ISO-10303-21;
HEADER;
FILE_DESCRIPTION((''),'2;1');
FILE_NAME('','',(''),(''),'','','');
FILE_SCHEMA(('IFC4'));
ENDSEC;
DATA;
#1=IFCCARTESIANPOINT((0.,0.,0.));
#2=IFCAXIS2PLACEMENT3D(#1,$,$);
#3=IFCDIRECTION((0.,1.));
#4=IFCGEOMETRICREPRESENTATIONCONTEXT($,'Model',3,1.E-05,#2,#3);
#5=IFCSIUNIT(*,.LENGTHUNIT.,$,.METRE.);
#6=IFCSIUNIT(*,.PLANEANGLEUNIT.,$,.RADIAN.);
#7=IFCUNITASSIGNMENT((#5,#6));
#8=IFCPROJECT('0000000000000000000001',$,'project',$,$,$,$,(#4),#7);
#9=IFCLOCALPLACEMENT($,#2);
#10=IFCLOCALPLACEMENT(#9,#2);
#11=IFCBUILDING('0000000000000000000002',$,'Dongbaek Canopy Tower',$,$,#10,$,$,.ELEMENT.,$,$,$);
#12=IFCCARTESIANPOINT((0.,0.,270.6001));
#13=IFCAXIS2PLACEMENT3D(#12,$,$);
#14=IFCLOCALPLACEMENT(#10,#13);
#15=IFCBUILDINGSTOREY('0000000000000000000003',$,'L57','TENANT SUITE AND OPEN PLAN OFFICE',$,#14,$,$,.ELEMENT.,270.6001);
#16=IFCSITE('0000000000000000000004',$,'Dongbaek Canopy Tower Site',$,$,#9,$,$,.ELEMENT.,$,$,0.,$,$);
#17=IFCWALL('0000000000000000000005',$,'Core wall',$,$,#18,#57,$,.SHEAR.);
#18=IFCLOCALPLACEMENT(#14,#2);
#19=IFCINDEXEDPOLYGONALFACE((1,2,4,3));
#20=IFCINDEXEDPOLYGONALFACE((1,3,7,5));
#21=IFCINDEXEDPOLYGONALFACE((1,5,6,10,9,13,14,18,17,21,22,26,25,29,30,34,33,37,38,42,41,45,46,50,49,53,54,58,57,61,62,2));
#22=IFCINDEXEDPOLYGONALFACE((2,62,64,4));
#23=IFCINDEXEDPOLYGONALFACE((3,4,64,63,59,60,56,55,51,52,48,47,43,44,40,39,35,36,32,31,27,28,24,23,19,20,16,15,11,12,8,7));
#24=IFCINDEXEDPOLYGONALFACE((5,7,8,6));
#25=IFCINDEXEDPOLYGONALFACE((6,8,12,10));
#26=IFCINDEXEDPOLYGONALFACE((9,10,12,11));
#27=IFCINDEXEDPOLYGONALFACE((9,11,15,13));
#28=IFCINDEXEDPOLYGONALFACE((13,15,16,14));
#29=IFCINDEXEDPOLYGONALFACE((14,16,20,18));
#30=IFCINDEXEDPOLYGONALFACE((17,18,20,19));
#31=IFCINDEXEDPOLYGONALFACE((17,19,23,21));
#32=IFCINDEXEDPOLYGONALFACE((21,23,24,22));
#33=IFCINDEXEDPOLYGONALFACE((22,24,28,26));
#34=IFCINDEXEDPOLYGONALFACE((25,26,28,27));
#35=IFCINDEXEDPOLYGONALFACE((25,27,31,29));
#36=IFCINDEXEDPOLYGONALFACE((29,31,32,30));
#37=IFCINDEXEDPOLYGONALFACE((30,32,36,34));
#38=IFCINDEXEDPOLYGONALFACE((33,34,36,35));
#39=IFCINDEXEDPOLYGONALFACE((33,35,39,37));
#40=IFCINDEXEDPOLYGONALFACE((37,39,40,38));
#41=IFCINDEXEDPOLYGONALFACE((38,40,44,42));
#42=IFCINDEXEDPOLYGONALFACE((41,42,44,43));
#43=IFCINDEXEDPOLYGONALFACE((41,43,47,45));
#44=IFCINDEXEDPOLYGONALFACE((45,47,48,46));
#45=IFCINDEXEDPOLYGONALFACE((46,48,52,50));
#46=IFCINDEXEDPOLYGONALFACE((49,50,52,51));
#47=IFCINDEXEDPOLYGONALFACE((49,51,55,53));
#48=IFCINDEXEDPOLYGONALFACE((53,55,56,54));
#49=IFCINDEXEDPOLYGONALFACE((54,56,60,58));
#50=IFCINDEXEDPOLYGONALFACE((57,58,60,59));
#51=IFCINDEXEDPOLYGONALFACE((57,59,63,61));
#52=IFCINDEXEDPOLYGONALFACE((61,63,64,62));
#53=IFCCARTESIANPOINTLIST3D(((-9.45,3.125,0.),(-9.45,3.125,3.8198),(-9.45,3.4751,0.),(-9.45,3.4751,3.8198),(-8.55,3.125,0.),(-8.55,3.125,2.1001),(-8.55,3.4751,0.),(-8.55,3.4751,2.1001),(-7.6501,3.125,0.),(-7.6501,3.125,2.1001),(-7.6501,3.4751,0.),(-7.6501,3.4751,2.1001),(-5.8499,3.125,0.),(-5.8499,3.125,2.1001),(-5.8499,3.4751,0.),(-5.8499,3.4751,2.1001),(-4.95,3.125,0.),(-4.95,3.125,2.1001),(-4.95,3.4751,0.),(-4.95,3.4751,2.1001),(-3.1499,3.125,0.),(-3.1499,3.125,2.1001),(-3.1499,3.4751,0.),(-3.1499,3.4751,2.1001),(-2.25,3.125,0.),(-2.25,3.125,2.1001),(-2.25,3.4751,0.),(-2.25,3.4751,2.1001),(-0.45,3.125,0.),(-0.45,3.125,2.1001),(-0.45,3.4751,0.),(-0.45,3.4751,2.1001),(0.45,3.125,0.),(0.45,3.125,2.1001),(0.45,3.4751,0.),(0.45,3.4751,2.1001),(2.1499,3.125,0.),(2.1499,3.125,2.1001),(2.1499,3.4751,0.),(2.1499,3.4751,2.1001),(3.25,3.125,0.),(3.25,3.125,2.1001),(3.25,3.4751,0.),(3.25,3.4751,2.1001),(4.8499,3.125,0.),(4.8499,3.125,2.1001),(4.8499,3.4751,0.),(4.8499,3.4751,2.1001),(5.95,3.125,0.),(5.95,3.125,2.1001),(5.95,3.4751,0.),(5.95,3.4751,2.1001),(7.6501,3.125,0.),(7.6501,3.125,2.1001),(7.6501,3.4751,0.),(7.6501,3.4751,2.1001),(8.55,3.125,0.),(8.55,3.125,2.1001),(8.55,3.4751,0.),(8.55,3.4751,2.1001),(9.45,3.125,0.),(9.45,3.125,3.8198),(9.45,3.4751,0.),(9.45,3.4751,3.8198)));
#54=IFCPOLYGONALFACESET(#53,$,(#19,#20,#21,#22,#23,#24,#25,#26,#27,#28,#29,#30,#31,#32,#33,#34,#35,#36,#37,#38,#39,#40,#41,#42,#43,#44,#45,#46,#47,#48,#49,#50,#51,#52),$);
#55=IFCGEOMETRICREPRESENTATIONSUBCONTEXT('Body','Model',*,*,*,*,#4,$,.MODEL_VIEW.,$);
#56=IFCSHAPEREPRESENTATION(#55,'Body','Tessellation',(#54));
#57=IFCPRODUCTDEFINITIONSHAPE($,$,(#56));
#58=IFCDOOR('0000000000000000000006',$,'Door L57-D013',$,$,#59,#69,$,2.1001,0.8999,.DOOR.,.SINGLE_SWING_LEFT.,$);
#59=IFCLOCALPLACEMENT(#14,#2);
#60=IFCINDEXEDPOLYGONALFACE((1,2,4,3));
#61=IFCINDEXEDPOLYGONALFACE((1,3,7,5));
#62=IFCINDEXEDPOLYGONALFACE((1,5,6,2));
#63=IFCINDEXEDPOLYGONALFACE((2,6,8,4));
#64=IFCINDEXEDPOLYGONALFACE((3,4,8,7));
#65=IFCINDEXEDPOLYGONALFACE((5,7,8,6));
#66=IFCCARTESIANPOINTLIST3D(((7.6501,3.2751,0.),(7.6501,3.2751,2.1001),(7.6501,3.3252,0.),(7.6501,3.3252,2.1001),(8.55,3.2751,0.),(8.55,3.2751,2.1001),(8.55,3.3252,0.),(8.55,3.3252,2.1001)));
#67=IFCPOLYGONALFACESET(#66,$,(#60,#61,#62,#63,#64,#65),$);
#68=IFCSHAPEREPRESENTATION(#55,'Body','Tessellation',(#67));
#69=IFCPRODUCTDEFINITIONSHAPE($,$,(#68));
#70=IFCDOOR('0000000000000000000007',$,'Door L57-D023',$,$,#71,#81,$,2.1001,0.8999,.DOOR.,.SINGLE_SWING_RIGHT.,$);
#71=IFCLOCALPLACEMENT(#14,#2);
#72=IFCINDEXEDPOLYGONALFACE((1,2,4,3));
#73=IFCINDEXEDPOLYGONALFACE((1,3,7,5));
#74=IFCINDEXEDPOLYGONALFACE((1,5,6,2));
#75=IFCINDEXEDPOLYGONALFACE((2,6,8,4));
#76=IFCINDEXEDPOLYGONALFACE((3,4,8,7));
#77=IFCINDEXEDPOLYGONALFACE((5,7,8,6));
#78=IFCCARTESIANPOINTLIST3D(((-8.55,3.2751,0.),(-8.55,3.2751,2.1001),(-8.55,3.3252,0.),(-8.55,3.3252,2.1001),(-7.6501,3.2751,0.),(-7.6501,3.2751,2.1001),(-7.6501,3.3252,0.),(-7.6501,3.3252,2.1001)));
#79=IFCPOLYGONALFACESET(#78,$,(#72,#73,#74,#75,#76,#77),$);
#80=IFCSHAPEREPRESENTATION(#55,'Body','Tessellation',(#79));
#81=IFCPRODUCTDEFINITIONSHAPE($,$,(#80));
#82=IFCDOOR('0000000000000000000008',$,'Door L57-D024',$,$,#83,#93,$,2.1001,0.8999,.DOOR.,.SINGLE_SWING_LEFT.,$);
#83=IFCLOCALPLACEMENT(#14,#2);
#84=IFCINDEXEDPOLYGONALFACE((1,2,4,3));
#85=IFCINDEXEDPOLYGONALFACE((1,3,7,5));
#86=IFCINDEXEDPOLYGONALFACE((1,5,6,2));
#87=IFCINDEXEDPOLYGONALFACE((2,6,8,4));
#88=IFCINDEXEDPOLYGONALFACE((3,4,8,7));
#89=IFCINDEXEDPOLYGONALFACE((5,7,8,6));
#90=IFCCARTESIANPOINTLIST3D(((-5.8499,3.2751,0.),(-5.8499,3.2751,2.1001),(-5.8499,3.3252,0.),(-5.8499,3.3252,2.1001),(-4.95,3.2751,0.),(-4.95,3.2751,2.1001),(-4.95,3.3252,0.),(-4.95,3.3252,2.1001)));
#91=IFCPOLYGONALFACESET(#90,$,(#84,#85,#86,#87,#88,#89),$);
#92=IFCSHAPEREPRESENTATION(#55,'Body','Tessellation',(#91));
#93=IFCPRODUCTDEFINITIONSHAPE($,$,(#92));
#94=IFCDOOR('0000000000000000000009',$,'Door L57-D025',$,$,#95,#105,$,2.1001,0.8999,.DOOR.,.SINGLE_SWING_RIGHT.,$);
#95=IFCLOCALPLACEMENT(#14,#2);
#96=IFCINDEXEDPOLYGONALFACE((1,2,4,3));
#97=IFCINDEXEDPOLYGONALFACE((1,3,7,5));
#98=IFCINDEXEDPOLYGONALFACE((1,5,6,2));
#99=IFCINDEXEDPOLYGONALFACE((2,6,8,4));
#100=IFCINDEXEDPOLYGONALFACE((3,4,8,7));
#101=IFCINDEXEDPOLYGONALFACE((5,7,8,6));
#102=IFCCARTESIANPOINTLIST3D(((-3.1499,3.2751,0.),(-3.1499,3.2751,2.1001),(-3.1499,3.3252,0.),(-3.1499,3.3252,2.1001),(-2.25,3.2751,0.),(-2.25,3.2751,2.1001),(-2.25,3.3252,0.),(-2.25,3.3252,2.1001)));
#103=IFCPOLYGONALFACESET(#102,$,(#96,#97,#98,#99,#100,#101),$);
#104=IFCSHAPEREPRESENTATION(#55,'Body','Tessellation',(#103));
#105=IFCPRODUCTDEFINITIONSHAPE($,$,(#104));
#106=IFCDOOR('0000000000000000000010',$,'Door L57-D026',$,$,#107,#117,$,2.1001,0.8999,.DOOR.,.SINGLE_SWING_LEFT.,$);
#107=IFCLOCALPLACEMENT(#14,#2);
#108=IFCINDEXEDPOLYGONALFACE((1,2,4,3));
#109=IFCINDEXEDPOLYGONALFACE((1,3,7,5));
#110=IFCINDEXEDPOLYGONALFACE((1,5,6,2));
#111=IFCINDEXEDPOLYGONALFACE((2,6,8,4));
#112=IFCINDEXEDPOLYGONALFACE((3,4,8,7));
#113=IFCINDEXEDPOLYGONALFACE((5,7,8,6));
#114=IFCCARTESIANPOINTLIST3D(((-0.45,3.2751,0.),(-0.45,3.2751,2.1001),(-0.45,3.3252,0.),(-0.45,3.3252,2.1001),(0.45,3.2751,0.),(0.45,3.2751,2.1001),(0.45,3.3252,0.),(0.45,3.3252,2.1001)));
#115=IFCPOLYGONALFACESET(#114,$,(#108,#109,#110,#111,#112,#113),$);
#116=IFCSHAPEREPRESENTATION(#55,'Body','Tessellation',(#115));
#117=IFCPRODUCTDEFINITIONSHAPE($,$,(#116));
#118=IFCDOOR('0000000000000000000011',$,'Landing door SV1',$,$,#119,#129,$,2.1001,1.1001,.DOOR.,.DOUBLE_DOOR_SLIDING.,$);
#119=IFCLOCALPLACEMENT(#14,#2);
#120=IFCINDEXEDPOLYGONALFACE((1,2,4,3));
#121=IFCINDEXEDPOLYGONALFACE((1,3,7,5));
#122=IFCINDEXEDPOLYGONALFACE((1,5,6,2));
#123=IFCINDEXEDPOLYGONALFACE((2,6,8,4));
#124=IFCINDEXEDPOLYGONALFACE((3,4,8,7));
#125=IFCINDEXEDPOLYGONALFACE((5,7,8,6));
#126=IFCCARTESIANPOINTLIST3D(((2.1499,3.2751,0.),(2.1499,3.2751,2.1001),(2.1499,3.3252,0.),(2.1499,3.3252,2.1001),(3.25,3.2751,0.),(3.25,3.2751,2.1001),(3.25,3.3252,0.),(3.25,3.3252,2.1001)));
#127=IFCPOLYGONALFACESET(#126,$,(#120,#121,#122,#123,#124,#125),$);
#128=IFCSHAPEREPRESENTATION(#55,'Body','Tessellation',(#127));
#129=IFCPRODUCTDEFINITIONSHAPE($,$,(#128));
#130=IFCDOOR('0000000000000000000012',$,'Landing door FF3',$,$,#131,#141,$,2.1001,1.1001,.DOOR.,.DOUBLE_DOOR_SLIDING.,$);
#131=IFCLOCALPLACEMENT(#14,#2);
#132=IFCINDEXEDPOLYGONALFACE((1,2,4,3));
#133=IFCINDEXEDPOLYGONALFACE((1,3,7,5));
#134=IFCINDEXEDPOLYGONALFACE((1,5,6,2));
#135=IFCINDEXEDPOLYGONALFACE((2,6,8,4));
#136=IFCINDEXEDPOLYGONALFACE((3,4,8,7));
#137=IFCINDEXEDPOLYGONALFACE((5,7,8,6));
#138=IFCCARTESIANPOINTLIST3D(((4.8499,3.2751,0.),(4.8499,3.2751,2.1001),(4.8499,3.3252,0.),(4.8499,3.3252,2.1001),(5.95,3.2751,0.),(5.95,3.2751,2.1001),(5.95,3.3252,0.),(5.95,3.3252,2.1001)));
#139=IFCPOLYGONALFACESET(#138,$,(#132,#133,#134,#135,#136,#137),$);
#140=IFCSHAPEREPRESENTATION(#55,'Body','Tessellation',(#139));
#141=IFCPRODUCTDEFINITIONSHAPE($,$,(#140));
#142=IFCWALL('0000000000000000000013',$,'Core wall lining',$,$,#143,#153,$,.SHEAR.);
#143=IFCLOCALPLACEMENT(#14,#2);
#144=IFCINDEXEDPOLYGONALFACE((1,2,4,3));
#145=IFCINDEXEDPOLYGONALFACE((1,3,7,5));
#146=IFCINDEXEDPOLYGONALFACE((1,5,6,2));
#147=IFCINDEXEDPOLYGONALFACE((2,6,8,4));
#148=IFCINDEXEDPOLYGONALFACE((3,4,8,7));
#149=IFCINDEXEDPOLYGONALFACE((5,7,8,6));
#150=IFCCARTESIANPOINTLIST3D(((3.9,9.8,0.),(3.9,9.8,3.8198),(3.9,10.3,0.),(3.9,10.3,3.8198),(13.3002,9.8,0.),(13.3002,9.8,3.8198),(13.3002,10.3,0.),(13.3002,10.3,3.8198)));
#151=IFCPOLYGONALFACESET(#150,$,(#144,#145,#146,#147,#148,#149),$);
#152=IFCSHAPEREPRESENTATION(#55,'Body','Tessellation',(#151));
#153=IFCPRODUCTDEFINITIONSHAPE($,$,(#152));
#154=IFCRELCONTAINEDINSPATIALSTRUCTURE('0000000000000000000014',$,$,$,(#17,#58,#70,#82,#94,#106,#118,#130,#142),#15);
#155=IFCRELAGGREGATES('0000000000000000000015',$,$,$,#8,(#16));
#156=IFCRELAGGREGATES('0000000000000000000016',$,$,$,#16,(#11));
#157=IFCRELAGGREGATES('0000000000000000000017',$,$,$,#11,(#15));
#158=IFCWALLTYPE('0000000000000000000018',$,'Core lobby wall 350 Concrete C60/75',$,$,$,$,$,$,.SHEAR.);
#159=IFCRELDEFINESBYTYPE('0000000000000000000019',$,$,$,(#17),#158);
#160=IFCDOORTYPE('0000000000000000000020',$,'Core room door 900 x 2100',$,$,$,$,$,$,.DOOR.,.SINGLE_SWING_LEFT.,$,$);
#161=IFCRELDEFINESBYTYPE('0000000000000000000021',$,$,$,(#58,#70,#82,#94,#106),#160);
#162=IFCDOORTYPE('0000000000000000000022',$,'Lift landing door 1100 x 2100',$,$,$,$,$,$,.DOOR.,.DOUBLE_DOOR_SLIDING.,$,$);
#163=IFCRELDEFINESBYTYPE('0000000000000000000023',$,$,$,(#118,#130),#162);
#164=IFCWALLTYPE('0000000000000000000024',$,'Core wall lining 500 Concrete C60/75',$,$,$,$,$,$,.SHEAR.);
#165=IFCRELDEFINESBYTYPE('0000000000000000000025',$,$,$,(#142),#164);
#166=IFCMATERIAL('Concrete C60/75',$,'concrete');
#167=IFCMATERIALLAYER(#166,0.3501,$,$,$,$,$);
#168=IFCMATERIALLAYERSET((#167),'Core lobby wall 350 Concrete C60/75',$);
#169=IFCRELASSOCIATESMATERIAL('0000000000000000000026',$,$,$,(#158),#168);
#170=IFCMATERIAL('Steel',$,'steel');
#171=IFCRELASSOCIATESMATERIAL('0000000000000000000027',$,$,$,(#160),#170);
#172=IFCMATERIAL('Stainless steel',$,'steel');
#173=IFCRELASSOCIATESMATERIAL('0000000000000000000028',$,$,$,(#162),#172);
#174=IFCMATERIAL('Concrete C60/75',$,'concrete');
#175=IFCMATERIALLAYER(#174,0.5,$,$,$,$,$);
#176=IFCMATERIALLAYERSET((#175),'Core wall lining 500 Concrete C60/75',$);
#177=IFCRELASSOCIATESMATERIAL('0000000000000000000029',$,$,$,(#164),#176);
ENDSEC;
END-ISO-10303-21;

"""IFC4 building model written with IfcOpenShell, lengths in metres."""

from ifc_helpers import new_model, si_unit, direction, frame, frame_2d, origin, place, context, subcontext, project, spatial, rectangle, extrude, material, layer, layer_set, type_object, element, fill, save


model = new_model("IFC4")

# Units and contexts
model_context = context("Model", 3, precision=1e-05, world=origin(), true_north=direction((0.0, 1.0)))
body_context = subcontext(model_context, "Body", "Model", "MODEL_VIEW")
ifc_project = project(units=[si_unit("LENGTHUNIT", "METRE"), si_unit("PLANEANGLEUNIT", "RADIAN")], contexts=[model_context])

# Site, building, storey
site_placement = place(None, origin())
site = spatial("IfcSite", under=ifc_project, at=site_placement, Name="Dongbaek Canopy Tower Site", CompositionType="ELEMENT", RefElevation=0.0)
building_placement = place(site_placement, origin())
building = spatial("IfcBuilding", under=site, at=building_placement, Name="Dongbaek Canopy Tower", CompositionType="ELEMENT")
storey_placement = place(building_placement, frame((0.0, 0.0, 270.6001)))
storey = spatial("IfcBuildingStorey", under=building, at=storey_placement, Name="L57", Description="TENANT SUITE AND OPEN PLAN OFFICE", CompositionType="ELEMENT", Elevation=270.6001)

# Wall, openings, doors
ifc_material_1 = material(Name="Concrete C60/75", Category="concrete")
ifc_layer_1 = layer(ifc_material_1, 0.3501)
ifc_layer_set_1 = layer_set([ifc_layer_1], Name="Core lobby wall 350 Concrete C60/75")
wall_type_1 = type_object("IfcWallType", Name="Core lobby wall 350 Concrete C60/75", PredefinedType="SHEAR", material=ifc_layer_set_1)
wall_1_placement = place(storey_placement, frame((9.45, 3.3, 0.0), z_axis=(0.0, 0.0, 1.0), x_axis=(-1.0, 0.0, 0.0)))
wall_1 = element("IfcWall", 1, at=wall_1_placement, inside=storey, type_object=wall_type_1, Name="Core wall", PredefinedType="SHEAR", context=body_context, shape_type="SweptSolid", body=[
    extrude(rectangle(XDim=18.8999, YDim=0.3501, at=frame_2d((9.45, 0.0))), origin(), (0.0, 0.0, 1.0), 3.8198),
])
opening_1_placement = place(wall_1_placement, frame((6.2, 0.0, 0.0)))
opening_1 = element("IfcOpeningElement", 2, at=opening_1_placement, cuts=wall_1, PredefinedType="OPENING", context=body_context, shape_type="SweptSolid", body=[
    extrude(rectangle(XDim=1.1001, YDim=2.1001, at=frame_2d((0.55, 1.05))), frame((0.0, 0.1851, 0.0), z_axis=(0.0, -1.0, 0.0), x_axis=(1.0, 0.0, 0.0)), (0.0, 0.0, 1.0), 0.3701),
])
opening_2_placement = place(wall_1_placement, frame((3.5, 0.0, 0.0)))
opening_2 = element("IfcOpeningElement", 3, at=opening_2_placement, cuts=wall_1, PredefinedType="OPENING", context=body_context, shape_type="SweptSolid", body=[
    extrude(rectangle(XDim=1.1001, YDim=2.1001, at=frame_2d((0.55, 1.05))), frame((0.0, 0.1851, 0.0), z_axis=(0.0, -1.0, 0.0), x_axis=(1.0, 0.0, 0.0)), (0.0, 0.0, 1.0), 0.3701),
])
opening_3_placement = place(wall_1_placement, frame((0.8999, 0.0, 0.0)))
opening_3 = element("IfcOpeningElement", 4, at=opening_3_placement, cuts=wall_1, PredefinedType="OPENING", context=body_context, shape_type="SweptSolid", body=[
    extrude(rectangle(XDim=0.8999, YDim=2.1001, at=frame_2d((0.45, 1.05))), frame((0.0, 0.1851, 0.0), z_axis=(0.0, -1.0, 0.0), x_axis=(1.0, 0.0, 0.0)), (0.0, 0.0, 1.0), 0.3701),
])
opening_4_placement = place(wall_1_placement, frame((17.1001, 0.0, 0.0)))
opening_4 = element("IfcOpeningElement", 5, at=opening_4_placement, cuts=wall_1, PredefinedType="OPENING", context=body_context, shape_type="SweptSolid", body=[
    extrude(rectangle(XDim=0.8999, YDim=2.1001, at=frame_2d((0.45, 1.05))), frame((0.0, 0.1851, 0.0), z_axis=(0.0, -1.0, 0.0), x_axis=(1.0, 0.0, 0.0)), (0.0, 0.0, 1.0), 0.3701),
])
opening_5_placement = place(wall_1_placement, frame((14.3999, 0.0, 0.0)))
opening_5 = element("IfcOpeningElement", 6, at=opening_5_placement, cuts=wall_1, PredefinedType="OPENING", context=body_context, shape_type="SweptSolid", body=[
    extrude(rectangle(XDim=0.8999, YDim=2.1001, at=frame_2d((0.45, 1.05))), frame((0.0, 0.1851, 0.0), z_axis=(0.0, -1.0, 0.0), x_axis=(1.0, 0.0, 0.0)), (0.0, 0.0, 1.0), 0.3701),
])
opening_6_placement = place(wall_1_placement, frame((11.7, 0.0, 0.0)))
opening_6 = element("IfcOpeningElement", 7, at=opening_6_placement, cuts=wall_1, PredefinedType="OPENING", context=body_context, shape_type="SweptSolid", body=[
    extrude(rectangle(XDim=0.8999, YDim=2.1001, at=frame_2d((0.45, 1.05))), frame((0.0, 0.1851, 0.0), z_axis=(0.0, -1.0, 0.0), x_axis=(1.0, 0.0, 0.0)), (0.0, 0.0, 1.0), 0.3701),
])
opening_7_placement = place(wall_1_placement, frame((9.0, 0.0, 0.0)))
opening_7 = element("IfcOpeningElement", 8, at=opening_7_placement, cuts=wall_1, PredefinedType="OPENING", context=body_context, shape_type="SweptSolid", body=[
    extrude(rectangle(XDim=0.8999, YDim=2.1001, at=frame_2d((0.45, 1.05))), frame((0.0, 0.1851, 0.0), z_axis=(0.0, -1.0, 0.0), x_axis=(1.0, 0.0, 0.0)), (0.0, 0.0, 1.0), 0.3701),
])
ifc_material_2 = material(Name="Steel", Category="steel")
door_type_1 = type_object("IfcDoorType", Name="Core room door 900 x 2100", OperationType="SINGLE_SWING_LEFT", PredefinedType="DOOR", material=ifc_material_2)
door_1_placement = place(opening_3_placement, origin())
door_1 = element("IfcDoor", 9, at=door_1_placement, inside=storey, type_object=door_type_1, Name="Door L57-D013", OperationType="SINGLE_SWING_LEFT", OverallHeight=2.1001, OverallWidth=0.8999, PredefinedType="DOOR", context=body_context, shape_type="SweptSolid", body=[
    extrude(rectangle(XDim=0.8999, YDim=2.1001, at=frame_2d((0.45, 1.05))), frame((0.0, 0.0249, 0.0), z_axis=(0.0, -1.0, 0.0), x_axis=(1.0, 0.0, 0.0)), (0.0, 0.0, 1.0), 0.05),
])
fill(opening_3, door_1)
door_2_placement = place(opening_4_placement, origin())
door_2 = element("IfcDoor", 10, at=door_2_placement, inside=storey, type_object=door_type_1, Name="Door L57-D023", OperationType="SINGLE_SWING_RIGHT", OverallHeight=2.1001, OverallWidth=0.8999, PredefinedType="DOOR", context=body_context, shape_type="SweptSolid", body=[
    extrude(rectangle(XDim=0.8999, YDim=2.1001, at=frame_2d((0.45, 1.05))), frame((0.0, 0.0249, 0.0), z_axis=(0.0, -1.0, 0.0), x_axis=(1.0, 0.0, 0.0)), (0.0, 0.0, 1.0), 0.05),
])
fill(opening_4, door_2)
door_3_placement = place(opening_5_placement, origin())
door_3 = element("IfcDoor", 11, at=door_3_placement, inside=storey, type_object=door_type_1, Name="Door L57-D024", OperationType="SINGLE_SWING_LEFT", OverallHeight=2.1001, OverallWidth=0.8999, PredefinedType="DOOR", context=body_context, shape_type="SweptSolid", body=[
    extrude(rectangle(XDim=0.8999, YDim=2.1001, at=frame_2d((0.45, 1.05))), frame((0.0, 0.0249, 0.0), z_axis=(0.0, -1.0, 0.0), x_axis=(1.0, 0.0, 0.0)), (0.0, 0.0, 1.0), 0.05),
])
fill(opening_5, door_3)
door_4_placement = place(opening_6_placement, origin())
door_4 = element("IfcDoor", 12, at=door_4_placement, inside=storey, type_object=door_type_1, Name="Door L57-D025", OperationType="SINGLE_SWING_RIGHT", OverallHeight=2.1001, OverallWidth=0.8999, PredefinedType="DOOR", context=body_context, shape_type="SweptSolid", body=[
    extrude(rectangle(XDim=0.8999, YDim=2.1001, at=frame_2d((0.45, 1.05))), frame((0.0, 0.0249, 0.0), z_axis=(0.0, -1.0, 0.0), x_axis=(1.0, 0.0, 0.0)), (0.0, 0.0, 1.0), 0.05),
])
fill(opening_6, door_4)
door_5_placement = place(opening_7_placement, origin())
door_5 = element("IfcDoor", 13, at=door_5_placement, inside=storey, type_object=door_type_1, Name="Door L57-D026", OperationType="SINGLE_SWING_LEFT", OverallHeight=2.1001, OverallWidth=0.8999, PredefinedType="DOOR", context=body_context, shape_type="SweptSolid", body=[
    extrude(rectangle(XDim=0.8999, YDim=2.1001, at=frame_2d((0.45, 1.05))), frame((0.0, 0.0249, 0.0), z_axis=(0.0, -1.0, 0.0), x_axis=(1.0, 0.0, 0.0)), (0.0, 0.0, 1.0), 0.05),
])
fill(opening_7, door_5)
ifc_material_3 = material(Name="Stainless steel", Category="steel")
door_type_2 = type_object("IfcDoorType", Name="Lift landing door 1100 x 2100", OperationType="DOUBLE_DOOR_SLIDING", PredefinedType="DOOR", material=ifc_material_3)
door_6_placement = place(opening_1_placement, origin())
door_6 = element("IfcDoor", 14, at=door_6_placement, inside=storey, type_object=door_type_2, Name="Landing door SV1", OperationType="DOUBLE_DOOR_SLIDING", OverallHeight=2.1001, OverallWidth=1.1001, PredefinedType="DOOR", context=body_context, shape_type="SweptSolid", body=[
    extrude(rectangle(XDim=1.1001, YDim=2.1001, at=frame_2d((0.55, 1.05))), frame((0.0, 0.0249, 0.0), z_axis=(0.0, -1.0, 0.0), x_axis=(1.0, 0.0, 0.0)), (0.0, 0.0, 1.0), 0.05),
])
fill(opening_1, door_6)
door_7_placement = place(opening_2_placement, origin())
door_7 = element("IfcDoor", 15, at=door_7_placement, inside=storey, type_object=door_type_2, Name="Landing door FF3", OperationType="DOUBLE_DOOR_SLIDING", OverallHeight=2.1001, OverallWidth=1.1001, PredefinedType="DOOR", context=body_context, shape_type="SweptSolid", body=[
    extrude(rectangle(XDim=1.1001, YDim=2.1001, at=frame_2d((0.55, 1.05))), frame((0.0, 0.0249, 0.0), z_axis=(0.0, -1.0, 0.0), x_axis=(1.0, 0.0, 0.0)), (0.0, 0.0, 1.0), 0.05),
])
fill(opening_2, door_7)

# Wall
ifc_material_4 = material(Name="Concrete C60/75", Category="concrete")
ifc_layer_2 = layer(ifc_material_4, 0.5)
ifc_layer_set_2 = layer_set([ifc_layer_2], Name="Core wall lining 500 Concrete C60/75")
wall_type_2 = type_object("IfcWallType", Name="Core wall lining 500 Concrete C60/75", PredefinedType="SHEAR", material=ifc_layer_set_2)
wall_2_placement = place(storey_placement, frame((3.8999, 10.05, 0.0), z_axis=(0.0, 0.0, 1.0), x_axis=(1.0, 0.0, 0.0)))
element("IfcWall", 16, at=wall_2_placement, inside=storey, type_object=wall_type_2, Name="Core wall lining", PredefinedType="SHEAR", context=body_context, shape_type="SweptSolid", body=[
    extrude(rectangle(XDim=9.4001, YDim=0.5, at=frame_2d((4.7002, 0.0))), origin(), (0.0, 0.0, 1.0), 3.8198),
])

save(model, "model.ifc")
